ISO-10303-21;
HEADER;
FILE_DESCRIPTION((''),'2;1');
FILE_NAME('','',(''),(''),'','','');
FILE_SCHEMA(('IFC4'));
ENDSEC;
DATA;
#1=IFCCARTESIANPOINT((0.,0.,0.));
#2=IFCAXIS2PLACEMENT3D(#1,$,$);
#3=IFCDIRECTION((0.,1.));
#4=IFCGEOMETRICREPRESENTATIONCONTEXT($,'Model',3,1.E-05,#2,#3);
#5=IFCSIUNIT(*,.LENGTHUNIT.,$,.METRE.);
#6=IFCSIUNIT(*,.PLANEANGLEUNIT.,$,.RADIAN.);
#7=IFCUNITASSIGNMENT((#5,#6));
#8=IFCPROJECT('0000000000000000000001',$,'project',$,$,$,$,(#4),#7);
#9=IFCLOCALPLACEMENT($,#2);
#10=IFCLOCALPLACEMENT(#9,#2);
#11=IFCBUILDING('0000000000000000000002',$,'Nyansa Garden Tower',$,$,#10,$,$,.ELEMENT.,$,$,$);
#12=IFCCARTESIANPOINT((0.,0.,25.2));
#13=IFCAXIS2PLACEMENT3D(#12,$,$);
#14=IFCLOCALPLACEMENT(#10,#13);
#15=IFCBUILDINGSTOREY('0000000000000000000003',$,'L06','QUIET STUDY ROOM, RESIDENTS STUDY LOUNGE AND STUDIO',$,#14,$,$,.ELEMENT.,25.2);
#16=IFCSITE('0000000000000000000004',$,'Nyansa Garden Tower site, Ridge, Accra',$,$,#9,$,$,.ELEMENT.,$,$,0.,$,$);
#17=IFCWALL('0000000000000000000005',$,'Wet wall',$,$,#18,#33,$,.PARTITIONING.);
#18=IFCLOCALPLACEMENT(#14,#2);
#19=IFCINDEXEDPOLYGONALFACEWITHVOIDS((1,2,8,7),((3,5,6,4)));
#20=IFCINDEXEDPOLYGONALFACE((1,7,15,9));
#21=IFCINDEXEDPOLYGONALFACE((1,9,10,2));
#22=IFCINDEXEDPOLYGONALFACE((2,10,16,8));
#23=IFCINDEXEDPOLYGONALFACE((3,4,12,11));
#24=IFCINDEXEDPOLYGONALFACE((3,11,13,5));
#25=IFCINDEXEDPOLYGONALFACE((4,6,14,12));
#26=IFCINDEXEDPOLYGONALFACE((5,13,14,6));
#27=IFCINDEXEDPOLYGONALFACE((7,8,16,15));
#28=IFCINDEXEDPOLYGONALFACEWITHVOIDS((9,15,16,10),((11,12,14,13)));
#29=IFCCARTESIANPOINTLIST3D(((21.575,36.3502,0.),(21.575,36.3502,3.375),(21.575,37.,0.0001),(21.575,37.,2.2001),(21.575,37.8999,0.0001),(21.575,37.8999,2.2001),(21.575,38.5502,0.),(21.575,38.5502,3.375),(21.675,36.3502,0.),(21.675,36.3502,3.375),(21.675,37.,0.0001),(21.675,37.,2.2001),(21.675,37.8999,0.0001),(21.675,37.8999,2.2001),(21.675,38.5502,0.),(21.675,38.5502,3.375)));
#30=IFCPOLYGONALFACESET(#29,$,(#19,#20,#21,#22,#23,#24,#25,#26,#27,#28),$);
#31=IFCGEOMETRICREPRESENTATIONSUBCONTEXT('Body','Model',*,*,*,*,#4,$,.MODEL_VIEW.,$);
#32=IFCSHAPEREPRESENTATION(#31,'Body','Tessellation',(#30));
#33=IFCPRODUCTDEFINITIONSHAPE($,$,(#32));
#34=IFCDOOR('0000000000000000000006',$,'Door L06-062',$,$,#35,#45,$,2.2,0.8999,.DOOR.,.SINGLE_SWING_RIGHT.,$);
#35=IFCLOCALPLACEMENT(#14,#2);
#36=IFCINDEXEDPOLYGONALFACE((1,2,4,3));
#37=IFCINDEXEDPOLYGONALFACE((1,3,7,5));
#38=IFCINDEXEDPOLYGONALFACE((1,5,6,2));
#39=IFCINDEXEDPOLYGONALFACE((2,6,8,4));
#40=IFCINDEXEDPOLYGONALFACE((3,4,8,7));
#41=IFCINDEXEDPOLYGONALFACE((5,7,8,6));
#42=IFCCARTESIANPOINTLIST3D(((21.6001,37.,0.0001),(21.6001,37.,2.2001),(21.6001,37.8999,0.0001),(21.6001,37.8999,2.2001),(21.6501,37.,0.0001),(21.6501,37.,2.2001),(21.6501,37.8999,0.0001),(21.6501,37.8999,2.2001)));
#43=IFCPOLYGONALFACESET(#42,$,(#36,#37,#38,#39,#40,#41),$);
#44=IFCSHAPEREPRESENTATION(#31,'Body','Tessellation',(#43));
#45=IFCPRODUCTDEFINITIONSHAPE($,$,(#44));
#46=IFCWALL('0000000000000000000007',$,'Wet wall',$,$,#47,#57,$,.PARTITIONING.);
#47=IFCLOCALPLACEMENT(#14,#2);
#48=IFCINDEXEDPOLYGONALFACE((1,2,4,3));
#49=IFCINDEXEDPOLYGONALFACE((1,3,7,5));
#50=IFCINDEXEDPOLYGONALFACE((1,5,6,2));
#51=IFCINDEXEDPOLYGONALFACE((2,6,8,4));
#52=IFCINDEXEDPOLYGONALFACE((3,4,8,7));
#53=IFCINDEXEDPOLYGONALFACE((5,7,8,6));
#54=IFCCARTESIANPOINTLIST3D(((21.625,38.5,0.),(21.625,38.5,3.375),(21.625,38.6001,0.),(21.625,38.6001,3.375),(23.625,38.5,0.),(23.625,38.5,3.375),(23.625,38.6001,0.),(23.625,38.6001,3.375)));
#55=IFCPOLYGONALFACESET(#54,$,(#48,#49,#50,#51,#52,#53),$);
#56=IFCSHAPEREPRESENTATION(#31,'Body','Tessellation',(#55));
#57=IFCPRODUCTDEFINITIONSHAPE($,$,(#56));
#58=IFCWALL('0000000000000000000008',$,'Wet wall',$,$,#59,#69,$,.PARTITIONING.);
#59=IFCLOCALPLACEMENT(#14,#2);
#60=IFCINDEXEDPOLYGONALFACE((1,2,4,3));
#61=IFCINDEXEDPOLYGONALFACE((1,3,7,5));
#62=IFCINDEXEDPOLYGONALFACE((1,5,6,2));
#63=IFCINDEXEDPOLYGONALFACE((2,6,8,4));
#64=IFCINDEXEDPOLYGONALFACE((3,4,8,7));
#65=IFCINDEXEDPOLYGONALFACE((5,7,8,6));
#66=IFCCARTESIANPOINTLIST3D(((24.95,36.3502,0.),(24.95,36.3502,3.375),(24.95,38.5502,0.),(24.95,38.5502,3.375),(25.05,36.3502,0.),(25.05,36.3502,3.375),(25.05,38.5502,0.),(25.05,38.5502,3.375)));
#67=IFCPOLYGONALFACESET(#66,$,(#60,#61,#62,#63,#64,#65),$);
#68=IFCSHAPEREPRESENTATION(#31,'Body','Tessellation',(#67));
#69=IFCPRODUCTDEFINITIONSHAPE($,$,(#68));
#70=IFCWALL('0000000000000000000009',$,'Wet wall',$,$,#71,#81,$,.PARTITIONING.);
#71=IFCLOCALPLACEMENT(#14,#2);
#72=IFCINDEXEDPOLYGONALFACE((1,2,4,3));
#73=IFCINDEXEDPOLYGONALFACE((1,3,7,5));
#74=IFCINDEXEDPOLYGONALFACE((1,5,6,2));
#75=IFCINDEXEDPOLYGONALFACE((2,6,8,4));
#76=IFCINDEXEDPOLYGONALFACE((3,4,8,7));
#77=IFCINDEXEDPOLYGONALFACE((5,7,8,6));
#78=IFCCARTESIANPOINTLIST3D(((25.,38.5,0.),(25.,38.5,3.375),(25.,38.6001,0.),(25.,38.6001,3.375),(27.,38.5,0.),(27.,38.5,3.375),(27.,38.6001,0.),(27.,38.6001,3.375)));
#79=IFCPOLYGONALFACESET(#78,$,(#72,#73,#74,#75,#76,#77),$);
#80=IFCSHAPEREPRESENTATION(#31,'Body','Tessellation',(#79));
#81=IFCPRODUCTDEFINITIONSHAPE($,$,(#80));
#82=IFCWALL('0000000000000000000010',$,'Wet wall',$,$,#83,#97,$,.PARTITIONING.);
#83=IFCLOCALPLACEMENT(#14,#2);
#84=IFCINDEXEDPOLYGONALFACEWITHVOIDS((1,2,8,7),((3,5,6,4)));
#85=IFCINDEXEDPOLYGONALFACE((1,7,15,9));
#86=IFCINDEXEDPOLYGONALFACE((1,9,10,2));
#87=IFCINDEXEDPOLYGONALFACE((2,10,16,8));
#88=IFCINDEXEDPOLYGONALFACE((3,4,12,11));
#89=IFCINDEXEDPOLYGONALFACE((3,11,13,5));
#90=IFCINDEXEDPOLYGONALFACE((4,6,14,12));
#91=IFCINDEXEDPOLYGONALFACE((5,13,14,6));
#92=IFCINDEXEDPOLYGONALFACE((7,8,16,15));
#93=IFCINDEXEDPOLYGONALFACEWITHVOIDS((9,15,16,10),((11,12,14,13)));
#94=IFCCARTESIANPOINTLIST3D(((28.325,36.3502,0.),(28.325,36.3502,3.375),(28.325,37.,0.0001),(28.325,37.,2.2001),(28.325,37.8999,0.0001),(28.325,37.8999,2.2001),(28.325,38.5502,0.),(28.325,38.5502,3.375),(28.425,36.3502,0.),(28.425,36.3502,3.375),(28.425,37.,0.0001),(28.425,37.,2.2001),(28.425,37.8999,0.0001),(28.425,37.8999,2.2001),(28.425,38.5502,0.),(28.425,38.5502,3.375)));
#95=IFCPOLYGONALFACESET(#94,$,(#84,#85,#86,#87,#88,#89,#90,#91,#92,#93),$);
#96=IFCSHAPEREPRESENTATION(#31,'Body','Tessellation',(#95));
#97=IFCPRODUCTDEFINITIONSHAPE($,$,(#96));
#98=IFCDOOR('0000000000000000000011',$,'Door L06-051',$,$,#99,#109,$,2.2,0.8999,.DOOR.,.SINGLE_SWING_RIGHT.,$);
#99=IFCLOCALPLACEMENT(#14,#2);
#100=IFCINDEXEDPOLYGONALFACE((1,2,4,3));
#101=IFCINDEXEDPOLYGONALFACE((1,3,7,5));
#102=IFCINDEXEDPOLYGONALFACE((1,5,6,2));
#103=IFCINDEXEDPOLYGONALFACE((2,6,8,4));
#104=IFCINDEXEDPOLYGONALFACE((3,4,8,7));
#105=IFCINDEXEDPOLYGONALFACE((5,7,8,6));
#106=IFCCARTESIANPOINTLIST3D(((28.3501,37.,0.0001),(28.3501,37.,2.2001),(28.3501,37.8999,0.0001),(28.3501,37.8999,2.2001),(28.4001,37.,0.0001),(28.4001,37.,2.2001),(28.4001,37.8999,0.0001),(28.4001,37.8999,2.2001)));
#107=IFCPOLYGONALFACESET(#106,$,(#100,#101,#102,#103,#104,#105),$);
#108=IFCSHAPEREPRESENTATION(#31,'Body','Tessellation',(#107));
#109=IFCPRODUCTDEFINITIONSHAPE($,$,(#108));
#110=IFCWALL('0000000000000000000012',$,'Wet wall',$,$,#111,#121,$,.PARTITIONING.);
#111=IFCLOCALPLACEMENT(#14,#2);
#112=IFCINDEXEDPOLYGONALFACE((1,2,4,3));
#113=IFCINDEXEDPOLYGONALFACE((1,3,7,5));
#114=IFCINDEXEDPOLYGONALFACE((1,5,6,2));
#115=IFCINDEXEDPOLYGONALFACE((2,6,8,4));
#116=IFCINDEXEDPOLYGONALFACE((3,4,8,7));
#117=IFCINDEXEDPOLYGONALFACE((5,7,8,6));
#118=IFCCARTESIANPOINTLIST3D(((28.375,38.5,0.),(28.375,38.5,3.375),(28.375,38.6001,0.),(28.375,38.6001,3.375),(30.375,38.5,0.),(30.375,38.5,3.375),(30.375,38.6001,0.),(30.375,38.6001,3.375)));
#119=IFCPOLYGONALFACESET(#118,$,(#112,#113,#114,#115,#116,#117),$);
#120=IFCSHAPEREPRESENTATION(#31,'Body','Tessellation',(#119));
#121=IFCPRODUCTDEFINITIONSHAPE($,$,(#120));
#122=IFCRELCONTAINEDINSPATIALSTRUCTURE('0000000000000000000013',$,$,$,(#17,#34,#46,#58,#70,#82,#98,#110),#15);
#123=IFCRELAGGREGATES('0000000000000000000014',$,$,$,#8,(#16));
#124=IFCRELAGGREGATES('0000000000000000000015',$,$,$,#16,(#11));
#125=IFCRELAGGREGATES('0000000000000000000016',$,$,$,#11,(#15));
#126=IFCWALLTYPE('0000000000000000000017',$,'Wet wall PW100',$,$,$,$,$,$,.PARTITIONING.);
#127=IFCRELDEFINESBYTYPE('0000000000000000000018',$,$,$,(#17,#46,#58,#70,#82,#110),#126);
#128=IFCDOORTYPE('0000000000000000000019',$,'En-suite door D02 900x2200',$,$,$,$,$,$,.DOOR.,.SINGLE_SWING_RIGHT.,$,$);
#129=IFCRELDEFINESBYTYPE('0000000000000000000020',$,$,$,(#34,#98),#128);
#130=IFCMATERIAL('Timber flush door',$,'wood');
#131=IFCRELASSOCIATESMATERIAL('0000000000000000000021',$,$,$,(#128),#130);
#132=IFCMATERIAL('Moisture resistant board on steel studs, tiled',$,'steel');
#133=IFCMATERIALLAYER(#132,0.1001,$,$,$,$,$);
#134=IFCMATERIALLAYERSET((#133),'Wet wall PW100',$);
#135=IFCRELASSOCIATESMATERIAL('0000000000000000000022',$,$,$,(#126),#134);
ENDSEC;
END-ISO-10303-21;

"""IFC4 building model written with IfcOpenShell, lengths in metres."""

from ifc_helpers import new_model, si_unit, direction, frame, frame_2d, origin, place, context, subcontext, project, spatial, rectangle, extrude, material, layer, layer_set, type_object, element, fill, save


model = new_model("IFC4")

# Units and contexts
model_context = context("Model", 3, precision=1e-05, world=origin(), true_north=direction((0.0, 1.0)))
body_context = subcontext(model_context, "Body", "Model", "MODEL_VIEW")
ifc_project = project(units=[si_unit("LENGTHUNIT", "METRE"), si_unit("PLANEANGLEUNIT", "RADIAN")], contexts=[model_context])

# Site, building, storey
site_placement = place(None, origin())
site = spatial("IfcSite", under=ifc_project, at=site_placement, Name="Nyansa Garden Tower site, Ridge, Accra", CompositionType="ELEMENT", RefElevation=0.0)
building_placement = place(site_placement, origin())
building = spatial("IfcBuilding", under=site, at=building_placement, Name="Nyansa Garden Tower", CompositionType="ELEMENT")
storey_placement = place(building_placement, frame((0.0, 0.0, 25.2)))
storey = spatial("IfcBuildingStorey", under=building, at=storey_placement, Name="L06", Description="QUIET STUDY ROOM, RESIDENTS STUDY LOUNGE AND STUDIO", CompositionType="ELEMENT", Elevation=25.2)

# Shared definitions
ifc_material_1 = material(Name="Timber flush door", Category="wood")
door_type = type_object("IfcDoorType", Name="En-suite door D02 900x2200", OperationType="SINGLE_SWING_RIGHT", PredefinedType="DOOR", material=ifc_material_1)

# Wall, opening, door
ifc_material_2 = material(Name="Moisture resistant board on steel studs, tiled", Category="steel")
ifc_layer_1 = layer(ifc_material_2, 0.1001)
ifc_layer_set_1 = layer_set([ifc_layer_1], Name="Wet wall PW100")
wall_type_1 = type_object("IfcWallType", Name="Wet wall PW100", PredefinedType="PARTITIONING", material=ifc_layer_set_1)
wall_1_placement = place(storey_placement, frame((21.625, 36.3501, 0.0), z_axis=(0.0, 0.0, 1.0), x_axis=(0.0, 1.0, 0.0)))
wall_1 = element("IfcWall", 1, at=wall_1_placement, inside=storey, type_object=wall_type_1, Name="Wet wall", PredefinedType="PARTITIONING", context=body_context, shape_type="SweptSolid", body=[
    extrude(rectangle(XDim=2.2, YDim=0.1001, at=frame_2d((1.1001, 0.0))), origin(), (0.0, 0.0, 1.0), 3.375),
])
opening_1_placement = place(wall_1_placement, frame((0.6499, 0.0, 0.0)))
opening_1 = element("IfcOpeningElement", 2, at=opening_1_placement, cuts=wall_1, PredefinedType="OPENING", context=body_context, shape_type="SweptSolid", body=[
    extrude(rectangle(XDim=0.8999, YDim=2.2, at=frame_2d((0.45, 1.1001))), frame((0.0, 0.0601, 0.0), z_axis=(0.0, -1.0, 0.0), x_axis=(1.0, 0.0, 0.0)), (0.0, 0.0, 1.0), 0.1201),
])
door_1_placement = place(opening_1_placement, origin())
door_1 = element("IfcDoor", 3, at=door_1_placement, inside=storey, type_object=door_type, Name="Door L06-062", OperationType="SINGLE_SWING_RIGHT", OverallHeight=2.2, OverallWidth=0.8999, PredefinedType="DOOR", context=body_context, shape_type="SweptSolid", body=[
    extrude(rectangle(XDim=0.8999, YDim=2.2, at=frame_2d((0.45, 1.1001))), frame((0.0, 0.0249, 0.0), z_axis=(0.0, -1.0, 0.0), x_axis=(1.0, 0.0, 0.0)), (0.0, 0.0, 1.0), 0.05),
])
fill(opening_1, door_1)

# Walls
wall_2_placement = place(storey_placement, frame((21.625, 38.55, 0.0), z_axis=(0.0, 0.0, 1.0), x_axis=(1.0, 0.0, 0.0)))
element("IfcWall", 4, at=wall_2_placement, inside=storey, type_object=wall_type_1, Name="Wet wall", PredefinedType="PARTITIONING", context=body_context, shape_type="SweptSolid", body=[
    extrude(rectangle(XDim=2.0, YDim=0.1001, at=frame_2d((1.0, 0.0))), origin(), (0.0, 0.0, 1.0), 3.375),
])
wall_3_placement = place(storey_placement, frame((25.0, 36.3501, 0.0), z_axis=(0.0, 0.0, 1.0), x_axis=(0.0, 1.0, 0.0)))
element("IfcWall", 5, at=wall_3_placement, inside=storey, type_object=wall_type_1, Name="Wet wall", PredefinedType="PARTITIONING", context=body_context, shape_type="SweptSolid", body=[
    extrude(rectangle(XDim=2.2, YDim=0.1001, at=frame_2d((1.1001, 0.0))), origin(), (0.0, 0.0, 1.0), 3.375),
])
wall_4_placement = place(storey_placement, frame((25.0, 38.55, 0.0), z_axis=(0.0, 0.0, 1.0), x_axis=(1.0, 0.0, 0.0)))
element("IfcWall", 6, at=wall_4_placement, inside=storey, type_object=wall_type_1, Name="Wet wall", PredefinedType="PARTITIONING", context=body_context, shape_type="SweptSolid", body=[
    extrude(rectangle(XDim=2.0, YDim=0.1001, at=frame_2d((1.0, 0.0))), origin(), (0.0, 0.0, 1.0), 3.375),
])

# Wall, opening, door
wall_5_placement = place(storey_placement, frame((28.375, 36.3501, 0.0), z_axis=(0.0, 0.0, 1.0), x_axis=(0.0, 1.0, 0.0)))
wall_5 = element("IfcWall", 7, at=wall_5_placement, inside=storey, type_object=wall_type_1, Name="Wet wall", PredefinedType="PARTITIONING", context=body_context, shape_type="SweptSolid", body=[
    extrude(rectangle(XDim=2.2, YDim=0.1001, at=frame_2d((1.1001, 0.0))), origin(), (0.0, 0.0, 1.0), 3.375),
])
opening_2_placement = place(wall_5_placement, frame((0.6499, 0.0, 0.0)))
opening_2 = element("IfcOpeningElement", 8, at=opening_2_placement, cuts=wall_5, PredefinedType="OPENING", context=body_context, shape_type="SweptSolid", body=[
    extrude(rectangle(XDim=0.8999, YDim=2.2, at=frame_2d((0.45, 1.1001))), frame((0.0, 0.0601, 0.0), z_axis=(0.0, -1.0, 0.0), x_axis=(1.0, 0.0, 0.0)), (0.0, 0.0, 1.0), 0.1201),
])
door_2_placement = place(opening_2_placement, origin())
door_2 = element("IfcDoor", 9, at=door_2_placement, inside=storey, type_object=door_type, Name="Door L06-051", OperationType="SINGLE_SWING_RIGHT", OverallHeight=2.2, OverallWidth=0.8999, PredefinedType="DOOR", context=body_context, shape_type="SweptSolid", body=[
    extrude(rectangle(XDim=0.8999, YDim=2.2, at=frame_2d((0.45, 1.1001))), frame((0.0, 0.0249, 0.0), z_axis=(0.0, -1.0, 0.0), x_axis=(1.0, 0.0, 0.0)), (0.0, 0.0, 1.0), 0.05),
])
fill(opening_2, door_2)

# Wall
wall_6_placement = place(storey_placement, frame((28.375, 38.55, 0.0), z_axis=(0.0, 0.0, 1.0), x_axis=(1.0, 0.0, 0.0)))
element("IfcWall", 10, at=wall_6_placement, inside=storey, type_object=wall_type_1, Name="Wet wall", PredefinedType="PARTITIONING", context=body_context, shape_type="SweptSolid", body=[
    extrude(rectangle(XDim=2.0, YDim=0.1001, at=frame_2d((1.0, 0.0))), origin(), (0.0, 0.0, 1.0), 3.375),
])

save(model, "model.ifc")
